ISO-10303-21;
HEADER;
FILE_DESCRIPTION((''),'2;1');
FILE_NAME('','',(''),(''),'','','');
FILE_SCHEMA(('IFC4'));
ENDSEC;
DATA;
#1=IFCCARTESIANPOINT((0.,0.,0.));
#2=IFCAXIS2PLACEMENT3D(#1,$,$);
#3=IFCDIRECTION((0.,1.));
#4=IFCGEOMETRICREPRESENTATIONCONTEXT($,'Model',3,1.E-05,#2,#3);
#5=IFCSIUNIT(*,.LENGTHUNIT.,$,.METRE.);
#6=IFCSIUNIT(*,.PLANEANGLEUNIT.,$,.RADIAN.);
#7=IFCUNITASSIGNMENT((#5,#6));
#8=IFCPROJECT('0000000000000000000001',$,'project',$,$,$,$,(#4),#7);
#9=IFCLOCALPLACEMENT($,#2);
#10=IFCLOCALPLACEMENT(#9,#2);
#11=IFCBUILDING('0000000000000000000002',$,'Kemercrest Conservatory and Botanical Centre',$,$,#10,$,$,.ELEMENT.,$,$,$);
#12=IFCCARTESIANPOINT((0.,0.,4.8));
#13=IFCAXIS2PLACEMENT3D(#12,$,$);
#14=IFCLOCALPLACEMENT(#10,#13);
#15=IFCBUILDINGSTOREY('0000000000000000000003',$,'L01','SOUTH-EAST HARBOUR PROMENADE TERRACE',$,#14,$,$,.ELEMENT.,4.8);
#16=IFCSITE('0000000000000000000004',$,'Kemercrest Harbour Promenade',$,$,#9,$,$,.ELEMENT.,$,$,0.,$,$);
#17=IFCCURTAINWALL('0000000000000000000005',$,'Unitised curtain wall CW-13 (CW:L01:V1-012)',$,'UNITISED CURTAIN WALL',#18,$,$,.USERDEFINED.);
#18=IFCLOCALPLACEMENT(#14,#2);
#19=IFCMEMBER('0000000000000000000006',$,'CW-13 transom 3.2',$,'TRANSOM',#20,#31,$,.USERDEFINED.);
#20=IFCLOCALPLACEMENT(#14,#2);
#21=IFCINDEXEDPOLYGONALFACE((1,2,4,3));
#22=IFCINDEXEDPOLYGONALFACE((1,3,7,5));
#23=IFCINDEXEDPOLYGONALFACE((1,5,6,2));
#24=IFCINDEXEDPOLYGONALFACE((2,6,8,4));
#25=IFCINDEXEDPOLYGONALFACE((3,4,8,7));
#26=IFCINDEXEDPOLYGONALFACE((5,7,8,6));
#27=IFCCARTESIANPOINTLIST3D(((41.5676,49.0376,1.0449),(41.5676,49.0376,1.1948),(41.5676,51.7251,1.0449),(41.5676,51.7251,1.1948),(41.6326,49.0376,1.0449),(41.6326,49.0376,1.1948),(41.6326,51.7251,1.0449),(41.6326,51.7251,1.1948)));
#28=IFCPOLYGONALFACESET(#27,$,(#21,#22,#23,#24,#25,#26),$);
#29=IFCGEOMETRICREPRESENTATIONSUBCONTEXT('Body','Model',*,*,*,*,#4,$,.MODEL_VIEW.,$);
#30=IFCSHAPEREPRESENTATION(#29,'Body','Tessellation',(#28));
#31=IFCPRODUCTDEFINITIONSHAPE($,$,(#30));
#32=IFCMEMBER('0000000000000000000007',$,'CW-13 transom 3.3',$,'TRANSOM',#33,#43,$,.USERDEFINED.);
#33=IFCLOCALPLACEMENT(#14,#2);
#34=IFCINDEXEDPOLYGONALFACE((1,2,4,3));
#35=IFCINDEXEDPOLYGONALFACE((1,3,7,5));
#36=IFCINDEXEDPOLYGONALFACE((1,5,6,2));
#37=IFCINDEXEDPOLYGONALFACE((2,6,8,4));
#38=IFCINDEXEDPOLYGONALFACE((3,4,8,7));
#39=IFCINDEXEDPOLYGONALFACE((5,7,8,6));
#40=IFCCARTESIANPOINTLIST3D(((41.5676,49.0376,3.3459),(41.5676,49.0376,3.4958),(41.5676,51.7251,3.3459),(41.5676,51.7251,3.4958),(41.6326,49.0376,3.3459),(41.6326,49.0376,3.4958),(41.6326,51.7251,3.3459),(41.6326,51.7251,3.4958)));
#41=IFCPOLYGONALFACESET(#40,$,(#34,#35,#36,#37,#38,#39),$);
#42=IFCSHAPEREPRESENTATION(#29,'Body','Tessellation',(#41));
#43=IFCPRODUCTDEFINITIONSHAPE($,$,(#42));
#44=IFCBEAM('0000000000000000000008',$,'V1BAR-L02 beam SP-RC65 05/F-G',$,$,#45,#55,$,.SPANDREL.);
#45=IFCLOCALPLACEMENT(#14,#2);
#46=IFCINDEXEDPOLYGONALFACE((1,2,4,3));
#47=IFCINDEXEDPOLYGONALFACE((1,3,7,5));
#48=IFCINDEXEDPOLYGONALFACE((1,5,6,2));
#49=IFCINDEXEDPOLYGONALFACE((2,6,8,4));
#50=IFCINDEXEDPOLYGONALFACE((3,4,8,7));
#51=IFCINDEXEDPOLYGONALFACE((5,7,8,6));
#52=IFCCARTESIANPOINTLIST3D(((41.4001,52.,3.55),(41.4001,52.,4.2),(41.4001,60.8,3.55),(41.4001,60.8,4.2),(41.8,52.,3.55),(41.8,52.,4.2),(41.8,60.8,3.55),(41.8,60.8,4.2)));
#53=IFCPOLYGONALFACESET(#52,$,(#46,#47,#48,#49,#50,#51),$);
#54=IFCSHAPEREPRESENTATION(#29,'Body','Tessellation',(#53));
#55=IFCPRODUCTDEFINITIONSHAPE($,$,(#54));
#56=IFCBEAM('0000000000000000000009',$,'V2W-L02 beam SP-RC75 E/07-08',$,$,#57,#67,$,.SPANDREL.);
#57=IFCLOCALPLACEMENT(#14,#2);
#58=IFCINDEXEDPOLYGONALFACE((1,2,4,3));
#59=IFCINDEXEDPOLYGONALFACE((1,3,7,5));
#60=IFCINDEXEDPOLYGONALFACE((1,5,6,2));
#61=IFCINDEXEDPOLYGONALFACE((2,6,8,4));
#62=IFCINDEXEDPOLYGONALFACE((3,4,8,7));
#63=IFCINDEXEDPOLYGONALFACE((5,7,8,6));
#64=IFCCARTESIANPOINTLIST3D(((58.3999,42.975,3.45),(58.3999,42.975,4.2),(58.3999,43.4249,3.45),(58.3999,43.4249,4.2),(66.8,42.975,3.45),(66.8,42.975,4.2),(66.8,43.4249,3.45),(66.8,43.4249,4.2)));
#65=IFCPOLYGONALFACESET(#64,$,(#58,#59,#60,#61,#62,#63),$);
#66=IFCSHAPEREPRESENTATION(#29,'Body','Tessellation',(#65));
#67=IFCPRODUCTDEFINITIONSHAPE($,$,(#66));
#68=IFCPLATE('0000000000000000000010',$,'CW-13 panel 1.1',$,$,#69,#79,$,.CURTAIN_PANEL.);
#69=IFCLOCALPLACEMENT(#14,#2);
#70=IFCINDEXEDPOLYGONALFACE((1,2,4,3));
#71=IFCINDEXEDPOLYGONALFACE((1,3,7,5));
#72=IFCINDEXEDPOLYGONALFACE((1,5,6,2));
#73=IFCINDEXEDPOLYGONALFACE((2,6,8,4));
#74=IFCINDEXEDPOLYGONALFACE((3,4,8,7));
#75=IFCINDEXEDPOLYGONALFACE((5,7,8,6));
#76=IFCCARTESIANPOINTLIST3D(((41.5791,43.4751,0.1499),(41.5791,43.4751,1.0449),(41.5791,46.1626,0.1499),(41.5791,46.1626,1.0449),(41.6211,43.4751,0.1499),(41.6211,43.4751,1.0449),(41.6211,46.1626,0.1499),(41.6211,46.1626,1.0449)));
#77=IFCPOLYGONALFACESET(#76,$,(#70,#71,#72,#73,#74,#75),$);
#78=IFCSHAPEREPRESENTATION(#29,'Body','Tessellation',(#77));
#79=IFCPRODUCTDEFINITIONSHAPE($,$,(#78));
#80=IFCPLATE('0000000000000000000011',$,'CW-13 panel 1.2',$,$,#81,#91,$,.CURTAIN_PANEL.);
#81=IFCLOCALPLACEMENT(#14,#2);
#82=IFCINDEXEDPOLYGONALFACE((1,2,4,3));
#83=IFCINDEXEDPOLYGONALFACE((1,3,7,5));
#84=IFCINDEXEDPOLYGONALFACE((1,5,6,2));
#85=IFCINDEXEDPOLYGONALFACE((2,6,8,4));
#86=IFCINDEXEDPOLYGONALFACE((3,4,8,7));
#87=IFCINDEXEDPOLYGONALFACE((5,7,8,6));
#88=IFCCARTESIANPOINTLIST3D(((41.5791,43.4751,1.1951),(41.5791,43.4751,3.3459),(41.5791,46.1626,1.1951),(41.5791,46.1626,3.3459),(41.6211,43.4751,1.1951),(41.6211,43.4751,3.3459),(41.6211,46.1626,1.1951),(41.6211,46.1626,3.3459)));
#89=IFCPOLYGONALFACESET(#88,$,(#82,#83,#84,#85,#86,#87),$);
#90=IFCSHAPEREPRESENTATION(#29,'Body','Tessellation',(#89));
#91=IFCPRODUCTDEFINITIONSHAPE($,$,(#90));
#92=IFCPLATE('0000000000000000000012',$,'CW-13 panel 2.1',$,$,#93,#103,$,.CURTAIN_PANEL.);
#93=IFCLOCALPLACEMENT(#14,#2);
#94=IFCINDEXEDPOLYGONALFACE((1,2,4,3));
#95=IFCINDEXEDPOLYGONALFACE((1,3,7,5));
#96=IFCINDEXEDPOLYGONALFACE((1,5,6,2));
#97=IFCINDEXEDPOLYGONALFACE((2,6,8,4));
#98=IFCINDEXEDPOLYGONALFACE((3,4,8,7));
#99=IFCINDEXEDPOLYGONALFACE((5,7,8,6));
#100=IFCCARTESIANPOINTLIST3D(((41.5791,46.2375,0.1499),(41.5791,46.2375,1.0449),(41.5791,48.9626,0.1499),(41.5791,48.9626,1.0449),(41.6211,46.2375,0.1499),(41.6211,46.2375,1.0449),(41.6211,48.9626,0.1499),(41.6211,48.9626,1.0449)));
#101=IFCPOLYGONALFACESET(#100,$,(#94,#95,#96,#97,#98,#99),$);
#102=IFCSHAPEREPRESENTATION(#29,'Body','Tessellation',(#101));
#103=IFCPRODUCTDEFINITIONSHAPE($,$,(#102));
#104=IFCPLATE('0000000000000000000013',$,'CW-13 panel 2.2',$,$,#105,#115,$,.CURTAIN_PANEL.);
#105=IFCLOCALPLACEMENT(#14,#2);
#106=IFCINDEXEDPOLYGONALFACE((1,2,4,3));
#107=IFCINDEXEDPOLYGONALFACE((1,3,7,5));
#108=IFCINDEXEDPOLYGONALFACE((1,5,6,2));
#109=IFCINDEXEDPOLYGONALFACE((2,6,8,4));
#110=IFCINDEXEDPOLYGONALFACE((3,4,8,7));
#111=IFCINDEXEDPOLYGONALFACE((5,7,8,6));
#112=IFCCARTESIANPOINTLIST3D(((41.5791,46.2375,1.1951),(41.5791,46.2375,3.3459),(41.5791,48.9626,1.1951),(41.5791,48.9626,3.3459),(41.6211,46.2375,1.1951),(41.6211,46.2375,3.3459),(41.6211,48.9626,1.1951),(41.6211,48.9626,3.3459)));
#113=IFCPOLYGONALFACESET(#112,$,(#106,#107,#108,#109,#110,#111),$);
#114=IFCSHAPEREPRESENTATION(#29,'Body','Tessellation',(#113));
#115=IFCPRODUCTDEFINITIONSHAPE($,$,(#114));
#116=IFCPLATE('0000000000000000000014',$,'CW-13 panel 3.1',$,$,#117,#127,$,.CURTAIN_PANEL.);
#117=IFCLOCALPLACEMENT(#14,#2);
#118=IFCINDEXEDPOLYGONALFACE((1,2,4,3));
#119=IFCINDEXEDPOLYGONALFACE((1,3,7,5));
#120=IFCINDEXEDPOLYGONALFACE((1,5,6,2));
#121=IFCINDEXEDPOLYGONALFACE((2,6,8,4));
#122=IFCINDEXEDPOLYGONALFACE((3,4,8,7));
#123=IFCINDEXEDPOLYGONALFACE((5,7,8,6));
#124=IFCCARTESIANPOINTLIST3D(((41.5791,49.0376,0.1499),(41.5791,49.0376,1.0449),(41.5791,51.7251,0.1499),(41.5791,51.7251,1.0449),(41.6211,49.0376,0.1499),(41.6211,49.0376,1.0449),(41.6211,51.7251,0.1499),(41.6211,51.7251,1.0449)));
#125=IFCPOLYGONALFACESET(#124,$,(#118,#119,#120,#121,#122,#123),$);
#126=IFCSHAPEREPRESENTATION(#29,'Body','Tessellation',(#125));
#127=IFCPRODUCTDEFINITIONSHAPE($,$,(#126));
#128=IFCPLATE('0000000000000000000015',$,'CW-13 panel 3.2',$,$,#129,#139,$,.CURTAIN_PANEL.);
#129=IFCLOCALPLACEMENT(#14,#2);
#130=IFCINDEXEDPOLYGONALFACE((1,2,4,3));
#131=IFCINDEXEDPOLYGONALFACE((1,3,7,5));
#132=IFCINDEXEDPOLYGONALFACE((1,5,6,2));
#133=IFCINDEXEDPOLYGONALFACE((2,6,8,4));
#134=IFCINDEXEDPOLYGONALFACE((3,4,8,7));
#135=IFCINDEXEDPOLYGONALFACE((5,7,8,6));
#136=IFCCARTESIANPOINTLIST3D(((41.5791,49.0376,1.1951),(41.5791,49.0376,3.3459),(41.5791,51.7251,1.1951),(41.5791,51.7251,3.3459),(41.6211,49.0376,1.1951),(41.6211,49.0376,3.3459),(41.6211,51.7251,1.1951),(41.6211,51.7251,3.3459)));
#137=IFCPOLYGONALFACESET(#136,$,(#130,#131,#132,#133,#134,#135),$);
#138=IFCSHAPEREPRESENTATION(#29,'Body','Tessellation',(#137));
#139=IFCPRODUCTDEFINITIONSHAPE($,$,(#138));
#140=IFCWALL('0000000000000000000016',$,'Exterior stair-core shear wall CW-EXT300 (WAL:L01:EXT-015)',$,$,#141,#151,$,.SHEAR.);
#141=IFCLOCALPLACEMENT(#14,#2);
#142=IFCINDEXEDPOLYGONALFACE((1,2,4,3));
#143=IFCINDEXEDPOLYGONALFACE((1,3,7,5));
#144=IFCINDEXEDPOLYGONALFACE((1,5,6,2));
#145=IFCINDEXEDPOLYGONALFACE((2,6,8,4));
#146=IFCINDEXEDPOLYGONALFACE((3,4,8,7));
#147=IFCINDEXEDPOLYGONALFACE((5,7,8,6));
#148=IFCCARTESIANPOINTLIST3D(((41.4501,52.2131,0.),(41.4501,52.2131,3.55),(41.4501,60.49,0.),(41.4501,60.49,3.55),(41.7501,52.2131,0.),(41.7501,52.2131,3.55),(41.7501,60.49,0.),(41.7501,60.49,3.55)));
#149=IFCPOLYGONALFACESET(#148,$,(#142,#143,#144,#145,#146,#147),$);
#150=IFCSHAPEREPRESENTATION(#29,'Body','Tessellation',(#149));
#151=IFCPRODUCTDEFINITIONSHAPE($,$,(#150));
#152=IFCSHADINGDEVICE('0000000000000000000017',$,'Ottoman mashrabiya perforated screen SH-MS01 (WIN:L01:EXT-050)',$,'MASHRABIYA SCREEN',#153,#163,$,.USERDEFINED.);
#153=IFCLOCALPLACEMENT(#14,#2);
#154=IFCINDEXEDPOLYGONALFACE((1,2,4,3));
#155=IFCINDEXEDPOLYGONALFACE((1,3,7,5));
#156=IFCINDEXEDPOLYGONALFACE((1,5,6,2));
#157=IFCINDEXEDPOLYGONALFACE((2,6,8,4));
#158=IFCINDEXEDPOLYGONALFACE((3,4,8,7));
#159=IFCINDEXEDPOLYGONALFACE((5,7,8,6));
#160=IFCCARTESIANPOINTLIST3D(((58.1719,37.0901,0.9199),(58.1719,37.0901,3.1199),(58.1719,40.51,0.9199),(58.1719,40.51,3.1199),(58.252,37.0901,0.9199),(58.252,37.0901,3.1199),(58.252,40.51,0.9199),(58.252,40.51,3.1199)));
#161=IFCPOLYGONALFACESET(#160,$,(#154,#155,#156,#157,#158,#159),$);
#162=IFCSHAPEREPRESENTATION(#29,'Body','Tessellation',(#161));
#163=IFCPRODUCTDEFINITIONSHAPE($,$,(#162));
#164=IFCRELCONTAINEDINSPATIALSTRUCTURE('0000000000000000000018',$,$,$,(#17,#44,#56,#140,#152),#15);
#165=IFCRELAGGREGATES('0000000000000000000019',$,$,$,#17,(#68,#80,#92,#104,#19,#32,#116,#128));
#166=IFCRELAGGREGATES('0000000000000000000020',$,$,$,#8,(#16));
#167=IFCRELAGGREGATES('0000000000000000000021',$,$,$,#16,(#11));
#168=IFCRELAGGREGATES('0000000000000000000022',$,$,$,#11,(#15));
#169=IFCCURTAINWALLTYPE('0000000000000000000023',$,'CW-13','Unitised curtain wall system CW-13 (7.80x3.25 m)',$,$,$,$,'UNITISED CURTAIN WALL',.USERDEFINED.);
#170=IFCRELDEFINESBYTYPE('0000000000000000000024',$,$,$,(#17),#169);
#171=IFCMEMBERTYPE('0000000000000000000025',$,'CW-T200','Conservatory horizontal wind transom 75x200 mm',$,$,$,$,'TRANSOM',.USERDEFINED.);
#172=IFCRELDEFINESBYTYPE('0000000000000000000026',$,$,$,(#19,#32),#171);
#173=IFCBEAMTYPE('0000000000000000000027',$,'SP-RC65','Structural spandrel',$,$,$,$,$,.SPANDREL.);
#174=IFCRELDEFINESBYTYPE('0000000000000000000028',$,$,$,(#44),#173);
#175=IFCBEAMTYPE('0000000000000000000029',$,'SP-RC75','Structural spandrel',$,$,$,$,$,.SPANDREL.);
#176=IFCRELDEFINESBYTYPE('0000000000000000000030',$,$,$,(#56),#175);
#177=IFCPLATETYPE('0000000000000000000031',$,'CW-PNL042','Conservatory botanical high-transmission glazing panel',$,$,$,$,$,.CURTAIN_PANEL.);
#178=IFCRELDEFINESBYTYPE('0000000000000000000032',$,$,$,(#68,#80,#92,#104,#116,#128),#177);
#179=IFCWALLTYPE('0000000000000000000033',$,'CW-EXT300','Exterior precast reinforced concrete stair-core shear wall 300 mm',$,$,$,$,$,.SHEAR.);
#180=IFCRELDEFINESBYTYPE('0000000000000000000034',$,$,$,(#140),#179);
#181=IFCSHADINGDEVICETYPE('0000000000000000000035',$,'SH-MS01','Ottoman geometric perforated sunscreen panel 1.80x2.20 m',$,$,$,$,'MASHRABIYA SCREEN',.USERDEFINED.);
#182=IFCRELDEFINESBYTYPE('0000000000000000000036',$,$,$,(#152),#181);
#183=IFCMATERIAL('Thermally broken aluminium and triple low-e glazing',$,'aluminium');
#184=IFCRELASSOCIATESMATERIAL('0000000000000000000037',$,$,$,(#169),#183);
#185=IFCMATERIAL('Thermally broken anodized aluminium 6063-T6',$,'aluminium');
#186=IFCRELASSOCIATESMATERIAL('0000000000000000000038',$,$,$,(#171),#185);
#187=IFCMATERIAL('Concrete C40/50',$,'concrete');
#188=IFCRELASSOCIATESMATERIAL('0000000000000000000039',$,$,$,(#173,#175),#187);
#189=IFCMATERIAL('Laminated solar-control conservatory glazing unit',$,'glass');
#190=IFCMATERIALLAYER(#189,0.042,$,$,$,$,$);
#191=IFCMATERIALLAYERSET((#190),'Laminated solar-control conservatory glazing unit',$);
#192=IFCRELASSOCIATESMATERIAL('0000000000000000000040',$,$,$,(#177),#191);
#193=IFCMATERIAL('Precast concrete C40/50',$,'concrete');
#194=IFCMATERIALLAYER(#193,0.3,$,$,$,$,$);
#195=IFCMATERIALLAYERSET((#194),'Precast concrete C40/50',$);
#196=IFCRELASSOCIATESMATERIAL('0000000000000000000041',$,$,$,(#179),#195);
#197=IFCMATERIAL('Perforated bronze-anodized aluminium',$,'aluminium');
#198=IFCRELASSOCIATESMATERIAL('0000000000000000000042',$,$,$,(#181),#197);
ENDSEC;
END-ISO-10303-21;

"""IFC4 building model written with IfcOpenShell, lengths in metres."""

from ifc_helpers import new_model, si_unit, direction, frame, frame_2d, origin, origin_2d, place, context, subcontext, project, spatial, rectangle, extrude, material, layer, layer_set, material_profile, profile_set, type_object, element, aggregate, save


model = new_model("IFC4")

# Units and contexts
model_context = context("Model", 3, precision=1e-05, world=origin(), true_north=direction((0.0, 1.0)))
body_context = subcontext(model_context, "Body", "Model", "MODEL_VIEW")
ifc_project = project(units=[si_unit("LENGTHUNIT", "METRE"), si_unit("PLANEANGLEUNIT", "RADIAN")], contexts=[model_context])

# Site, building, storey
site_placement = place(None, origin())
site = spatial("IfcSite", under=ifc_project, at=site_placement, Name="Kemercrest Harbour Promenade", CompositionType="ELEMENT", RefElevation=0.0)
building_placement = place(site_placement, origin())
building = spatial("IfcBuilding", under=site, at=building_placement, Name="Kemercrest Conservatory and Botanical Centre", CompositionType="ELEMENT")
storey_placement = place(building_placement, frame((0.0, 0.0, 4.8)))
storey = spatial("IfcBuildingStorey", under=building, at=storey_placement, Name="L01", Description="SOUTH-EAST HARBOUR PROMENADE TERRACE", CompositionType="ELEMENT", Elevation=4.8)

# Shared definitions
ifc_material_1 = material(Name="Concrete C40/50", Category="concrete")

# Curtain wall, members
ifc_material_2 = material(Name="Thermally broken aluminium and triple low-e glazing", Category="aluminium")
curtain_wall_type = type_object("IfcCurtainWallType", Name="CW-13", Description="Unitised curtain wall system CW-13 (7.80x3.25 m)", ElementType="UNITISED CURTAIN WALL", PredefinedType="USERDEFINED", material=ifc_material_2)
curtain_wall_placement = place(storey_placement, origin())
curtain_wall = element("IfcCurtainWall", 1, at=curtain_wall_placement, inside=storey, type_object=curtain_wall_type, Name="Unitised curtain wall CW-13 (CW:L01:V1-012)", ObjectType="UNITISED CURTAIN WALL", PredefinedType="USERDEFINED")
ifc_material_3 = material(Name="Thermally broken anodized aluminium 6063-T6", Category="aluminium")
ifc_material_profile_1 = material_profile(ifc_material_3, rectangle(XDim=0.0649, YDim=0.1499, at=origin_2d()), Name="AL TRANSOM 65x150")
ifc_profile_set_1 = profile_set([ifc_material_profile_1], Name="Thermally broken anodized aluminium 6063-T6")
member_type_1 = type_object("IfcMemberType", Name="CW-T200", Description="Conservatory horizontal wind transom 75x200 mm", ElementType="TRANSOM", PredefinedType="USERDEFINED", material=ifc_profile_set_1)
member_1_placement = place(storey_placement, frame((41.6001, 49.0376, 1.1199), z_axis=(0.0, 1.0, 0.0), x_axis=(-1.0, 0.0, 0.0)))
member_1 = element("IfcMember", 2, at=member_1_placement, type_object=member_type_1, Name="CW-13 transom 3.2", ObjectType="TRANSOM", PredefinedType="USERDEFINED", context=body_context, shape_type="SweptSolid", body=[
    extrude(rectangle(XDim=0.0649, YDim=0.1499, at=origin_2d()), origin(), (0.0, 0.0, 1.0), 2.6875),
])
member_2_placement = place(storey_placement, frame((41.6001, 49.0376, 3.4209), z_axis=(0.0, 1.0, 0.0), x_axis=(-1.0, 0.0, 0.0)))
member_2 = element("IfcMember", 3, at=member_2_placement, type_object=member_type_1, Name="CW-13 transom 3.3", ObjectType="TRANSOM", PredefinedType="USERDEFINED", context=body_context, shape_type="SweptSolid", body=[
    extrude(rectangle(XDim=0.0649, YDim=0.1499, at=origin_2d()), origin(), (0.0, 0.0, 1.0), 2.6875),
])

# Beams
ifc_material_profile_2 = material_profile(ifc_material_1, rectangle(XDim=0.3999, YDim=0.6499, at=origin_2d()), Name="RC 400x650")
ifc_profile_set_2 = profile_set([ifc_material_profile_2], Name="Concrete C40/50")
beam_type_1 = type_object("IfcBeamType", Name="SP-RC65", Description="Structural spandrel", PredefinedType="SPANDREL", material=ifc_profile_set_2)
beam_1_placement = place(storey_placement, frame((41.6001, 52.0, 3.875), z_axis=(0.0, 1.0, 0.0), x_axis=(-1.0, 0.0, 0.0)))
element("IfcBeam", 4, at=beam_1_placement, inside=storey, type_object=beam_type_1, Name="V1BAR-L02 beam SP-RC65 05/F-G", PredefinedType="SPANDREL", context=body_context, shape_type="SweptSolid", body=[
    extrude(rectangle(XDim=0.3999, YDim=0.6499, at=origin_2d()), origin(), (0.0, 0.0, 1.0), 8.8),
])
ifc_material_profile_3 = material_profile(ifc_material_1, rectangle(XDim=0.45, YDim=0.75, at=origin_2d()), Name="RC 450x750")
ifc_profile_set_3 = profile_set([ifc_material_profile_3], Name="Concrete C40/50")
beam_type_2 = type_object("IfcBeamType", Name="SP-RC75", Description="Structural spandrel", PredefinedType="SPANDREL", material=ifc_profile_set_3)
beam_2_placement = place(storey_placement, frame((58.3999, 43.2, 3.825), z_axis=(1.0, 0.0, 0.0), x_axis=(0.0, 1.0, 0.0)))
element("IfcBeam", 5, at=beam_2_placement, inside=storey, type_object=beam_type_2, Name="V2W-L02 beam SP-RC75 E/07-08", PredefinedType="SPANDREL", context=body_context, shape_type="SweptSolid", body=[
    extrude(rectangle(XDim=0.45, YDim=0.75, at=origin_2d()), origin(), (0.0, 0.0, 1.0), 8.4001),
])

# Plates
ifc_material_4 = material(Name="Laminated solar-control conservatory glazing unit", Category="glass")
ifc_layer_1 = layer(ifc_material_4, 0.042)
ifc_layer_set_1 = layer_set([ifc_layer_1], Name="Laminated solar-control conservatory glazing unit")
plate_type = type_object("IfcPlateType", Name="CW-PNL042", Description="Conservatory botanical high-transmission glazing panel", PredefinedType="CURTAIN_PANEL", material=ifc_layer_set_1)
plate_1_placement = place(storey_placement, frame((41.6001, 44.8188, 0.1499), z_axis=(0.0, 0.0, 1.0), x_axis=(0.0, 1.0, 0.0)))
plate_1 = element("IfcPlate", 6, at=plate_1_placement, type_object=plate_type, Name="CW-13 panel 1.1", PredefinedType="CURTAIN_PANEL", context=body_context, shape_type="SweptSolid", body=[
    extrude(rectangle(XDim=2.6875, YDim=0.042, at=origin_2d()), origin(), (0.0, 0.0, 1.0), 0.895),
])
plate_2_placement = place(storey_placement, frame((41.6001, 44.8188, 1.1951), z_axis=(0.0, 0.0, 1.0), x_axis=(0.0, 1.0, 0.0)))
plate_2 = element("IfcPlate", 7, at=plate_2_placement, type_object=plate_type, Name="CW-13 panel 1.2", PredefinedType="CURTAIN_PANEL", context=body_context, shape_type="SweptSolid", body=[
    extrude(rectangle(XDim=2.6875, YDim=0.042, at=origin_2d()), origin(), (0.0, 0.0, 1.0), 2.1509),
])
plate_3_placement = place(storey_placement, frame((41.6001, 47.6001, 0.1499), z_axis=(0.0, 0.0, 1.0), x_axis=(0.0, 1.0, 0.0)))
plate_3 = element("IfcPlate", 8, at=plate_3_placement, type_object=plate_type, Name="CW-13 panel 2.1", PredefinedType="CURTAIN_PANEL", context=body_context, shape_type="SweptSolid", body=[
    extrude(rectangle(XDim=2.7251, YDim=0.042, at=origin_2d()), origin(), (0.0, 0.0, 1.0), 0.895),
])
plate_4_placement = place(storey_placement, frame((41.6001, 47.6001, 1.1951), z_axis=(0.0, 0.0, 1.0), x_axis=(0.0, 1.0, 0.0)))
plate_4 = element("IfcPlate", 9, at=plate_4_placement, type_object=plate_type, Name="CW-13 panel 2.2", PredefinedType="CURTAIN_PANEL", context=body_context, shape_type="SweptSolid", body=[
    extrude(rectangle(XDim=2.7251, YDim=0.042, at=origin_2d()), origin(), (0.0, 0.0, 1.0), 2.1509),
])
plate_5_placement = place(storey_placement, frame((41.6001, 50.3813, 0.1499), z_axis=(0.0, 0.0, 1.0), x_axis=(0.0, 1.0, 0.0)))
plate_5 = element("IfcPlate", 10, at=plate_5_placement, type_object=plate_type, Name="CW-13 panel 3.1", PredefinedType="CURTAIN_PANEL", context=body_context, shape_type="SweptSolid", body=[
    extrude(rectangle(XDim=2.6875, YDim=0.042, at=origin_2d()), origin(), (0.0, 0.0, 1.0), 0.895),
])
plate_6_placement = place(storey_placement, frame((41.6001, 50.3813, 1.1951), z_axis=(0.0, 0.0, 1.0), x_axis=(0.0, 1.0, 0.0)))
plate_6 = element("IfcPlate", 11, at=plate_6_placement, type_object=plate_type, Name="CW-13 panel 3.2", PredefinedType="CURTAIN_PANEL", context=body_context, shape_type="SweptSolid", body=[
    extrude(rectangle(XDim=2.6875, YDim=0.042, at=origin_2d()), origin(), (0.0, 0.0, 1.0), 2.1509),
])
aggregate(curtain_wall, [plate_1, plate_2, plate_3, plate_4, member_1, member_2, plate_5, plate_6])

# Wall
ifc_material_5 = material(Name="Precast concrete C40/50", Category="concrete")
ifc_layer_2 = layer(ifc_material_5, 0.3)
ifc_layer_set_2 = layer_set([ifc_layer_2], Name="Precast concrete C40/50")
wall_type = type_object("IfcWallType", Name="CW-EXT300", Description="Exterior precast reinforced concrete stair-core shear wall 300 mm", PredefinedType="SHEAR", material=ifc_layer_set_2)
wall_placement = place(storey_placement, frame((41.6001, 52.2131, 0.0), z_axis=(0.0, 0.0, 1.0), x_axis=(0.0, 1.0, 0.0)))
element("IfcWall", 12, at=wall_placement, inside=storey, type_object=wall_type, Name="Exterior stair-core shear wall CW-EXT300 (WAL:L01:EXT-015)", PredefinedType="SHEAR", context=body_context, shape_type="SweptSolid", body=[
    extrude(rectangle(XDim=8.2769, YDim=0.3, at=frame_2d((4.1384, 0.0))), origin(), (0.0, 0.0, 1.0), 3.55),
])

# Shading device
ifc_material_6 = material(Name="Perforated bronze-anodized aluminium", Category="aluminium")
shading_device_type = type_object("IfcShadingDeviceType", Name="SH-MS01", Description="Ottoman geometric perforated sunscreen panel 1.80x2.20 m", ElementType="MASHRABIYA SCREEN", PredefinedType="USERDEFINED", material=ifc_material_6)
shading_device_placement = place(storey_placement, frame((58.2119, 38.8, 0.9199), z_axis=(0.0, 0.0, 1.0), x_axis=(0.0, -1.0, 0.0)))
element("IfcShadingDevice", 13, at=shading_device_placement, inside=storey, type_object=shading_device_type, Name="Ottoman mashrabiya perforated screen SH-MS01 (WIN:L01:EXT-050)", ObjectType="MASHRABIYA SCREEN", PredefinedType="USERDEFINED", context=body_context, shape_type="SweptSolid", body=[
    extrude(rectangle(XDim=3.4199, YDim=0.0801, at=origin_2d()), origin(), (0.0, 0.0, 1.0), 2.2),
])

save(model, "model.ifc")
